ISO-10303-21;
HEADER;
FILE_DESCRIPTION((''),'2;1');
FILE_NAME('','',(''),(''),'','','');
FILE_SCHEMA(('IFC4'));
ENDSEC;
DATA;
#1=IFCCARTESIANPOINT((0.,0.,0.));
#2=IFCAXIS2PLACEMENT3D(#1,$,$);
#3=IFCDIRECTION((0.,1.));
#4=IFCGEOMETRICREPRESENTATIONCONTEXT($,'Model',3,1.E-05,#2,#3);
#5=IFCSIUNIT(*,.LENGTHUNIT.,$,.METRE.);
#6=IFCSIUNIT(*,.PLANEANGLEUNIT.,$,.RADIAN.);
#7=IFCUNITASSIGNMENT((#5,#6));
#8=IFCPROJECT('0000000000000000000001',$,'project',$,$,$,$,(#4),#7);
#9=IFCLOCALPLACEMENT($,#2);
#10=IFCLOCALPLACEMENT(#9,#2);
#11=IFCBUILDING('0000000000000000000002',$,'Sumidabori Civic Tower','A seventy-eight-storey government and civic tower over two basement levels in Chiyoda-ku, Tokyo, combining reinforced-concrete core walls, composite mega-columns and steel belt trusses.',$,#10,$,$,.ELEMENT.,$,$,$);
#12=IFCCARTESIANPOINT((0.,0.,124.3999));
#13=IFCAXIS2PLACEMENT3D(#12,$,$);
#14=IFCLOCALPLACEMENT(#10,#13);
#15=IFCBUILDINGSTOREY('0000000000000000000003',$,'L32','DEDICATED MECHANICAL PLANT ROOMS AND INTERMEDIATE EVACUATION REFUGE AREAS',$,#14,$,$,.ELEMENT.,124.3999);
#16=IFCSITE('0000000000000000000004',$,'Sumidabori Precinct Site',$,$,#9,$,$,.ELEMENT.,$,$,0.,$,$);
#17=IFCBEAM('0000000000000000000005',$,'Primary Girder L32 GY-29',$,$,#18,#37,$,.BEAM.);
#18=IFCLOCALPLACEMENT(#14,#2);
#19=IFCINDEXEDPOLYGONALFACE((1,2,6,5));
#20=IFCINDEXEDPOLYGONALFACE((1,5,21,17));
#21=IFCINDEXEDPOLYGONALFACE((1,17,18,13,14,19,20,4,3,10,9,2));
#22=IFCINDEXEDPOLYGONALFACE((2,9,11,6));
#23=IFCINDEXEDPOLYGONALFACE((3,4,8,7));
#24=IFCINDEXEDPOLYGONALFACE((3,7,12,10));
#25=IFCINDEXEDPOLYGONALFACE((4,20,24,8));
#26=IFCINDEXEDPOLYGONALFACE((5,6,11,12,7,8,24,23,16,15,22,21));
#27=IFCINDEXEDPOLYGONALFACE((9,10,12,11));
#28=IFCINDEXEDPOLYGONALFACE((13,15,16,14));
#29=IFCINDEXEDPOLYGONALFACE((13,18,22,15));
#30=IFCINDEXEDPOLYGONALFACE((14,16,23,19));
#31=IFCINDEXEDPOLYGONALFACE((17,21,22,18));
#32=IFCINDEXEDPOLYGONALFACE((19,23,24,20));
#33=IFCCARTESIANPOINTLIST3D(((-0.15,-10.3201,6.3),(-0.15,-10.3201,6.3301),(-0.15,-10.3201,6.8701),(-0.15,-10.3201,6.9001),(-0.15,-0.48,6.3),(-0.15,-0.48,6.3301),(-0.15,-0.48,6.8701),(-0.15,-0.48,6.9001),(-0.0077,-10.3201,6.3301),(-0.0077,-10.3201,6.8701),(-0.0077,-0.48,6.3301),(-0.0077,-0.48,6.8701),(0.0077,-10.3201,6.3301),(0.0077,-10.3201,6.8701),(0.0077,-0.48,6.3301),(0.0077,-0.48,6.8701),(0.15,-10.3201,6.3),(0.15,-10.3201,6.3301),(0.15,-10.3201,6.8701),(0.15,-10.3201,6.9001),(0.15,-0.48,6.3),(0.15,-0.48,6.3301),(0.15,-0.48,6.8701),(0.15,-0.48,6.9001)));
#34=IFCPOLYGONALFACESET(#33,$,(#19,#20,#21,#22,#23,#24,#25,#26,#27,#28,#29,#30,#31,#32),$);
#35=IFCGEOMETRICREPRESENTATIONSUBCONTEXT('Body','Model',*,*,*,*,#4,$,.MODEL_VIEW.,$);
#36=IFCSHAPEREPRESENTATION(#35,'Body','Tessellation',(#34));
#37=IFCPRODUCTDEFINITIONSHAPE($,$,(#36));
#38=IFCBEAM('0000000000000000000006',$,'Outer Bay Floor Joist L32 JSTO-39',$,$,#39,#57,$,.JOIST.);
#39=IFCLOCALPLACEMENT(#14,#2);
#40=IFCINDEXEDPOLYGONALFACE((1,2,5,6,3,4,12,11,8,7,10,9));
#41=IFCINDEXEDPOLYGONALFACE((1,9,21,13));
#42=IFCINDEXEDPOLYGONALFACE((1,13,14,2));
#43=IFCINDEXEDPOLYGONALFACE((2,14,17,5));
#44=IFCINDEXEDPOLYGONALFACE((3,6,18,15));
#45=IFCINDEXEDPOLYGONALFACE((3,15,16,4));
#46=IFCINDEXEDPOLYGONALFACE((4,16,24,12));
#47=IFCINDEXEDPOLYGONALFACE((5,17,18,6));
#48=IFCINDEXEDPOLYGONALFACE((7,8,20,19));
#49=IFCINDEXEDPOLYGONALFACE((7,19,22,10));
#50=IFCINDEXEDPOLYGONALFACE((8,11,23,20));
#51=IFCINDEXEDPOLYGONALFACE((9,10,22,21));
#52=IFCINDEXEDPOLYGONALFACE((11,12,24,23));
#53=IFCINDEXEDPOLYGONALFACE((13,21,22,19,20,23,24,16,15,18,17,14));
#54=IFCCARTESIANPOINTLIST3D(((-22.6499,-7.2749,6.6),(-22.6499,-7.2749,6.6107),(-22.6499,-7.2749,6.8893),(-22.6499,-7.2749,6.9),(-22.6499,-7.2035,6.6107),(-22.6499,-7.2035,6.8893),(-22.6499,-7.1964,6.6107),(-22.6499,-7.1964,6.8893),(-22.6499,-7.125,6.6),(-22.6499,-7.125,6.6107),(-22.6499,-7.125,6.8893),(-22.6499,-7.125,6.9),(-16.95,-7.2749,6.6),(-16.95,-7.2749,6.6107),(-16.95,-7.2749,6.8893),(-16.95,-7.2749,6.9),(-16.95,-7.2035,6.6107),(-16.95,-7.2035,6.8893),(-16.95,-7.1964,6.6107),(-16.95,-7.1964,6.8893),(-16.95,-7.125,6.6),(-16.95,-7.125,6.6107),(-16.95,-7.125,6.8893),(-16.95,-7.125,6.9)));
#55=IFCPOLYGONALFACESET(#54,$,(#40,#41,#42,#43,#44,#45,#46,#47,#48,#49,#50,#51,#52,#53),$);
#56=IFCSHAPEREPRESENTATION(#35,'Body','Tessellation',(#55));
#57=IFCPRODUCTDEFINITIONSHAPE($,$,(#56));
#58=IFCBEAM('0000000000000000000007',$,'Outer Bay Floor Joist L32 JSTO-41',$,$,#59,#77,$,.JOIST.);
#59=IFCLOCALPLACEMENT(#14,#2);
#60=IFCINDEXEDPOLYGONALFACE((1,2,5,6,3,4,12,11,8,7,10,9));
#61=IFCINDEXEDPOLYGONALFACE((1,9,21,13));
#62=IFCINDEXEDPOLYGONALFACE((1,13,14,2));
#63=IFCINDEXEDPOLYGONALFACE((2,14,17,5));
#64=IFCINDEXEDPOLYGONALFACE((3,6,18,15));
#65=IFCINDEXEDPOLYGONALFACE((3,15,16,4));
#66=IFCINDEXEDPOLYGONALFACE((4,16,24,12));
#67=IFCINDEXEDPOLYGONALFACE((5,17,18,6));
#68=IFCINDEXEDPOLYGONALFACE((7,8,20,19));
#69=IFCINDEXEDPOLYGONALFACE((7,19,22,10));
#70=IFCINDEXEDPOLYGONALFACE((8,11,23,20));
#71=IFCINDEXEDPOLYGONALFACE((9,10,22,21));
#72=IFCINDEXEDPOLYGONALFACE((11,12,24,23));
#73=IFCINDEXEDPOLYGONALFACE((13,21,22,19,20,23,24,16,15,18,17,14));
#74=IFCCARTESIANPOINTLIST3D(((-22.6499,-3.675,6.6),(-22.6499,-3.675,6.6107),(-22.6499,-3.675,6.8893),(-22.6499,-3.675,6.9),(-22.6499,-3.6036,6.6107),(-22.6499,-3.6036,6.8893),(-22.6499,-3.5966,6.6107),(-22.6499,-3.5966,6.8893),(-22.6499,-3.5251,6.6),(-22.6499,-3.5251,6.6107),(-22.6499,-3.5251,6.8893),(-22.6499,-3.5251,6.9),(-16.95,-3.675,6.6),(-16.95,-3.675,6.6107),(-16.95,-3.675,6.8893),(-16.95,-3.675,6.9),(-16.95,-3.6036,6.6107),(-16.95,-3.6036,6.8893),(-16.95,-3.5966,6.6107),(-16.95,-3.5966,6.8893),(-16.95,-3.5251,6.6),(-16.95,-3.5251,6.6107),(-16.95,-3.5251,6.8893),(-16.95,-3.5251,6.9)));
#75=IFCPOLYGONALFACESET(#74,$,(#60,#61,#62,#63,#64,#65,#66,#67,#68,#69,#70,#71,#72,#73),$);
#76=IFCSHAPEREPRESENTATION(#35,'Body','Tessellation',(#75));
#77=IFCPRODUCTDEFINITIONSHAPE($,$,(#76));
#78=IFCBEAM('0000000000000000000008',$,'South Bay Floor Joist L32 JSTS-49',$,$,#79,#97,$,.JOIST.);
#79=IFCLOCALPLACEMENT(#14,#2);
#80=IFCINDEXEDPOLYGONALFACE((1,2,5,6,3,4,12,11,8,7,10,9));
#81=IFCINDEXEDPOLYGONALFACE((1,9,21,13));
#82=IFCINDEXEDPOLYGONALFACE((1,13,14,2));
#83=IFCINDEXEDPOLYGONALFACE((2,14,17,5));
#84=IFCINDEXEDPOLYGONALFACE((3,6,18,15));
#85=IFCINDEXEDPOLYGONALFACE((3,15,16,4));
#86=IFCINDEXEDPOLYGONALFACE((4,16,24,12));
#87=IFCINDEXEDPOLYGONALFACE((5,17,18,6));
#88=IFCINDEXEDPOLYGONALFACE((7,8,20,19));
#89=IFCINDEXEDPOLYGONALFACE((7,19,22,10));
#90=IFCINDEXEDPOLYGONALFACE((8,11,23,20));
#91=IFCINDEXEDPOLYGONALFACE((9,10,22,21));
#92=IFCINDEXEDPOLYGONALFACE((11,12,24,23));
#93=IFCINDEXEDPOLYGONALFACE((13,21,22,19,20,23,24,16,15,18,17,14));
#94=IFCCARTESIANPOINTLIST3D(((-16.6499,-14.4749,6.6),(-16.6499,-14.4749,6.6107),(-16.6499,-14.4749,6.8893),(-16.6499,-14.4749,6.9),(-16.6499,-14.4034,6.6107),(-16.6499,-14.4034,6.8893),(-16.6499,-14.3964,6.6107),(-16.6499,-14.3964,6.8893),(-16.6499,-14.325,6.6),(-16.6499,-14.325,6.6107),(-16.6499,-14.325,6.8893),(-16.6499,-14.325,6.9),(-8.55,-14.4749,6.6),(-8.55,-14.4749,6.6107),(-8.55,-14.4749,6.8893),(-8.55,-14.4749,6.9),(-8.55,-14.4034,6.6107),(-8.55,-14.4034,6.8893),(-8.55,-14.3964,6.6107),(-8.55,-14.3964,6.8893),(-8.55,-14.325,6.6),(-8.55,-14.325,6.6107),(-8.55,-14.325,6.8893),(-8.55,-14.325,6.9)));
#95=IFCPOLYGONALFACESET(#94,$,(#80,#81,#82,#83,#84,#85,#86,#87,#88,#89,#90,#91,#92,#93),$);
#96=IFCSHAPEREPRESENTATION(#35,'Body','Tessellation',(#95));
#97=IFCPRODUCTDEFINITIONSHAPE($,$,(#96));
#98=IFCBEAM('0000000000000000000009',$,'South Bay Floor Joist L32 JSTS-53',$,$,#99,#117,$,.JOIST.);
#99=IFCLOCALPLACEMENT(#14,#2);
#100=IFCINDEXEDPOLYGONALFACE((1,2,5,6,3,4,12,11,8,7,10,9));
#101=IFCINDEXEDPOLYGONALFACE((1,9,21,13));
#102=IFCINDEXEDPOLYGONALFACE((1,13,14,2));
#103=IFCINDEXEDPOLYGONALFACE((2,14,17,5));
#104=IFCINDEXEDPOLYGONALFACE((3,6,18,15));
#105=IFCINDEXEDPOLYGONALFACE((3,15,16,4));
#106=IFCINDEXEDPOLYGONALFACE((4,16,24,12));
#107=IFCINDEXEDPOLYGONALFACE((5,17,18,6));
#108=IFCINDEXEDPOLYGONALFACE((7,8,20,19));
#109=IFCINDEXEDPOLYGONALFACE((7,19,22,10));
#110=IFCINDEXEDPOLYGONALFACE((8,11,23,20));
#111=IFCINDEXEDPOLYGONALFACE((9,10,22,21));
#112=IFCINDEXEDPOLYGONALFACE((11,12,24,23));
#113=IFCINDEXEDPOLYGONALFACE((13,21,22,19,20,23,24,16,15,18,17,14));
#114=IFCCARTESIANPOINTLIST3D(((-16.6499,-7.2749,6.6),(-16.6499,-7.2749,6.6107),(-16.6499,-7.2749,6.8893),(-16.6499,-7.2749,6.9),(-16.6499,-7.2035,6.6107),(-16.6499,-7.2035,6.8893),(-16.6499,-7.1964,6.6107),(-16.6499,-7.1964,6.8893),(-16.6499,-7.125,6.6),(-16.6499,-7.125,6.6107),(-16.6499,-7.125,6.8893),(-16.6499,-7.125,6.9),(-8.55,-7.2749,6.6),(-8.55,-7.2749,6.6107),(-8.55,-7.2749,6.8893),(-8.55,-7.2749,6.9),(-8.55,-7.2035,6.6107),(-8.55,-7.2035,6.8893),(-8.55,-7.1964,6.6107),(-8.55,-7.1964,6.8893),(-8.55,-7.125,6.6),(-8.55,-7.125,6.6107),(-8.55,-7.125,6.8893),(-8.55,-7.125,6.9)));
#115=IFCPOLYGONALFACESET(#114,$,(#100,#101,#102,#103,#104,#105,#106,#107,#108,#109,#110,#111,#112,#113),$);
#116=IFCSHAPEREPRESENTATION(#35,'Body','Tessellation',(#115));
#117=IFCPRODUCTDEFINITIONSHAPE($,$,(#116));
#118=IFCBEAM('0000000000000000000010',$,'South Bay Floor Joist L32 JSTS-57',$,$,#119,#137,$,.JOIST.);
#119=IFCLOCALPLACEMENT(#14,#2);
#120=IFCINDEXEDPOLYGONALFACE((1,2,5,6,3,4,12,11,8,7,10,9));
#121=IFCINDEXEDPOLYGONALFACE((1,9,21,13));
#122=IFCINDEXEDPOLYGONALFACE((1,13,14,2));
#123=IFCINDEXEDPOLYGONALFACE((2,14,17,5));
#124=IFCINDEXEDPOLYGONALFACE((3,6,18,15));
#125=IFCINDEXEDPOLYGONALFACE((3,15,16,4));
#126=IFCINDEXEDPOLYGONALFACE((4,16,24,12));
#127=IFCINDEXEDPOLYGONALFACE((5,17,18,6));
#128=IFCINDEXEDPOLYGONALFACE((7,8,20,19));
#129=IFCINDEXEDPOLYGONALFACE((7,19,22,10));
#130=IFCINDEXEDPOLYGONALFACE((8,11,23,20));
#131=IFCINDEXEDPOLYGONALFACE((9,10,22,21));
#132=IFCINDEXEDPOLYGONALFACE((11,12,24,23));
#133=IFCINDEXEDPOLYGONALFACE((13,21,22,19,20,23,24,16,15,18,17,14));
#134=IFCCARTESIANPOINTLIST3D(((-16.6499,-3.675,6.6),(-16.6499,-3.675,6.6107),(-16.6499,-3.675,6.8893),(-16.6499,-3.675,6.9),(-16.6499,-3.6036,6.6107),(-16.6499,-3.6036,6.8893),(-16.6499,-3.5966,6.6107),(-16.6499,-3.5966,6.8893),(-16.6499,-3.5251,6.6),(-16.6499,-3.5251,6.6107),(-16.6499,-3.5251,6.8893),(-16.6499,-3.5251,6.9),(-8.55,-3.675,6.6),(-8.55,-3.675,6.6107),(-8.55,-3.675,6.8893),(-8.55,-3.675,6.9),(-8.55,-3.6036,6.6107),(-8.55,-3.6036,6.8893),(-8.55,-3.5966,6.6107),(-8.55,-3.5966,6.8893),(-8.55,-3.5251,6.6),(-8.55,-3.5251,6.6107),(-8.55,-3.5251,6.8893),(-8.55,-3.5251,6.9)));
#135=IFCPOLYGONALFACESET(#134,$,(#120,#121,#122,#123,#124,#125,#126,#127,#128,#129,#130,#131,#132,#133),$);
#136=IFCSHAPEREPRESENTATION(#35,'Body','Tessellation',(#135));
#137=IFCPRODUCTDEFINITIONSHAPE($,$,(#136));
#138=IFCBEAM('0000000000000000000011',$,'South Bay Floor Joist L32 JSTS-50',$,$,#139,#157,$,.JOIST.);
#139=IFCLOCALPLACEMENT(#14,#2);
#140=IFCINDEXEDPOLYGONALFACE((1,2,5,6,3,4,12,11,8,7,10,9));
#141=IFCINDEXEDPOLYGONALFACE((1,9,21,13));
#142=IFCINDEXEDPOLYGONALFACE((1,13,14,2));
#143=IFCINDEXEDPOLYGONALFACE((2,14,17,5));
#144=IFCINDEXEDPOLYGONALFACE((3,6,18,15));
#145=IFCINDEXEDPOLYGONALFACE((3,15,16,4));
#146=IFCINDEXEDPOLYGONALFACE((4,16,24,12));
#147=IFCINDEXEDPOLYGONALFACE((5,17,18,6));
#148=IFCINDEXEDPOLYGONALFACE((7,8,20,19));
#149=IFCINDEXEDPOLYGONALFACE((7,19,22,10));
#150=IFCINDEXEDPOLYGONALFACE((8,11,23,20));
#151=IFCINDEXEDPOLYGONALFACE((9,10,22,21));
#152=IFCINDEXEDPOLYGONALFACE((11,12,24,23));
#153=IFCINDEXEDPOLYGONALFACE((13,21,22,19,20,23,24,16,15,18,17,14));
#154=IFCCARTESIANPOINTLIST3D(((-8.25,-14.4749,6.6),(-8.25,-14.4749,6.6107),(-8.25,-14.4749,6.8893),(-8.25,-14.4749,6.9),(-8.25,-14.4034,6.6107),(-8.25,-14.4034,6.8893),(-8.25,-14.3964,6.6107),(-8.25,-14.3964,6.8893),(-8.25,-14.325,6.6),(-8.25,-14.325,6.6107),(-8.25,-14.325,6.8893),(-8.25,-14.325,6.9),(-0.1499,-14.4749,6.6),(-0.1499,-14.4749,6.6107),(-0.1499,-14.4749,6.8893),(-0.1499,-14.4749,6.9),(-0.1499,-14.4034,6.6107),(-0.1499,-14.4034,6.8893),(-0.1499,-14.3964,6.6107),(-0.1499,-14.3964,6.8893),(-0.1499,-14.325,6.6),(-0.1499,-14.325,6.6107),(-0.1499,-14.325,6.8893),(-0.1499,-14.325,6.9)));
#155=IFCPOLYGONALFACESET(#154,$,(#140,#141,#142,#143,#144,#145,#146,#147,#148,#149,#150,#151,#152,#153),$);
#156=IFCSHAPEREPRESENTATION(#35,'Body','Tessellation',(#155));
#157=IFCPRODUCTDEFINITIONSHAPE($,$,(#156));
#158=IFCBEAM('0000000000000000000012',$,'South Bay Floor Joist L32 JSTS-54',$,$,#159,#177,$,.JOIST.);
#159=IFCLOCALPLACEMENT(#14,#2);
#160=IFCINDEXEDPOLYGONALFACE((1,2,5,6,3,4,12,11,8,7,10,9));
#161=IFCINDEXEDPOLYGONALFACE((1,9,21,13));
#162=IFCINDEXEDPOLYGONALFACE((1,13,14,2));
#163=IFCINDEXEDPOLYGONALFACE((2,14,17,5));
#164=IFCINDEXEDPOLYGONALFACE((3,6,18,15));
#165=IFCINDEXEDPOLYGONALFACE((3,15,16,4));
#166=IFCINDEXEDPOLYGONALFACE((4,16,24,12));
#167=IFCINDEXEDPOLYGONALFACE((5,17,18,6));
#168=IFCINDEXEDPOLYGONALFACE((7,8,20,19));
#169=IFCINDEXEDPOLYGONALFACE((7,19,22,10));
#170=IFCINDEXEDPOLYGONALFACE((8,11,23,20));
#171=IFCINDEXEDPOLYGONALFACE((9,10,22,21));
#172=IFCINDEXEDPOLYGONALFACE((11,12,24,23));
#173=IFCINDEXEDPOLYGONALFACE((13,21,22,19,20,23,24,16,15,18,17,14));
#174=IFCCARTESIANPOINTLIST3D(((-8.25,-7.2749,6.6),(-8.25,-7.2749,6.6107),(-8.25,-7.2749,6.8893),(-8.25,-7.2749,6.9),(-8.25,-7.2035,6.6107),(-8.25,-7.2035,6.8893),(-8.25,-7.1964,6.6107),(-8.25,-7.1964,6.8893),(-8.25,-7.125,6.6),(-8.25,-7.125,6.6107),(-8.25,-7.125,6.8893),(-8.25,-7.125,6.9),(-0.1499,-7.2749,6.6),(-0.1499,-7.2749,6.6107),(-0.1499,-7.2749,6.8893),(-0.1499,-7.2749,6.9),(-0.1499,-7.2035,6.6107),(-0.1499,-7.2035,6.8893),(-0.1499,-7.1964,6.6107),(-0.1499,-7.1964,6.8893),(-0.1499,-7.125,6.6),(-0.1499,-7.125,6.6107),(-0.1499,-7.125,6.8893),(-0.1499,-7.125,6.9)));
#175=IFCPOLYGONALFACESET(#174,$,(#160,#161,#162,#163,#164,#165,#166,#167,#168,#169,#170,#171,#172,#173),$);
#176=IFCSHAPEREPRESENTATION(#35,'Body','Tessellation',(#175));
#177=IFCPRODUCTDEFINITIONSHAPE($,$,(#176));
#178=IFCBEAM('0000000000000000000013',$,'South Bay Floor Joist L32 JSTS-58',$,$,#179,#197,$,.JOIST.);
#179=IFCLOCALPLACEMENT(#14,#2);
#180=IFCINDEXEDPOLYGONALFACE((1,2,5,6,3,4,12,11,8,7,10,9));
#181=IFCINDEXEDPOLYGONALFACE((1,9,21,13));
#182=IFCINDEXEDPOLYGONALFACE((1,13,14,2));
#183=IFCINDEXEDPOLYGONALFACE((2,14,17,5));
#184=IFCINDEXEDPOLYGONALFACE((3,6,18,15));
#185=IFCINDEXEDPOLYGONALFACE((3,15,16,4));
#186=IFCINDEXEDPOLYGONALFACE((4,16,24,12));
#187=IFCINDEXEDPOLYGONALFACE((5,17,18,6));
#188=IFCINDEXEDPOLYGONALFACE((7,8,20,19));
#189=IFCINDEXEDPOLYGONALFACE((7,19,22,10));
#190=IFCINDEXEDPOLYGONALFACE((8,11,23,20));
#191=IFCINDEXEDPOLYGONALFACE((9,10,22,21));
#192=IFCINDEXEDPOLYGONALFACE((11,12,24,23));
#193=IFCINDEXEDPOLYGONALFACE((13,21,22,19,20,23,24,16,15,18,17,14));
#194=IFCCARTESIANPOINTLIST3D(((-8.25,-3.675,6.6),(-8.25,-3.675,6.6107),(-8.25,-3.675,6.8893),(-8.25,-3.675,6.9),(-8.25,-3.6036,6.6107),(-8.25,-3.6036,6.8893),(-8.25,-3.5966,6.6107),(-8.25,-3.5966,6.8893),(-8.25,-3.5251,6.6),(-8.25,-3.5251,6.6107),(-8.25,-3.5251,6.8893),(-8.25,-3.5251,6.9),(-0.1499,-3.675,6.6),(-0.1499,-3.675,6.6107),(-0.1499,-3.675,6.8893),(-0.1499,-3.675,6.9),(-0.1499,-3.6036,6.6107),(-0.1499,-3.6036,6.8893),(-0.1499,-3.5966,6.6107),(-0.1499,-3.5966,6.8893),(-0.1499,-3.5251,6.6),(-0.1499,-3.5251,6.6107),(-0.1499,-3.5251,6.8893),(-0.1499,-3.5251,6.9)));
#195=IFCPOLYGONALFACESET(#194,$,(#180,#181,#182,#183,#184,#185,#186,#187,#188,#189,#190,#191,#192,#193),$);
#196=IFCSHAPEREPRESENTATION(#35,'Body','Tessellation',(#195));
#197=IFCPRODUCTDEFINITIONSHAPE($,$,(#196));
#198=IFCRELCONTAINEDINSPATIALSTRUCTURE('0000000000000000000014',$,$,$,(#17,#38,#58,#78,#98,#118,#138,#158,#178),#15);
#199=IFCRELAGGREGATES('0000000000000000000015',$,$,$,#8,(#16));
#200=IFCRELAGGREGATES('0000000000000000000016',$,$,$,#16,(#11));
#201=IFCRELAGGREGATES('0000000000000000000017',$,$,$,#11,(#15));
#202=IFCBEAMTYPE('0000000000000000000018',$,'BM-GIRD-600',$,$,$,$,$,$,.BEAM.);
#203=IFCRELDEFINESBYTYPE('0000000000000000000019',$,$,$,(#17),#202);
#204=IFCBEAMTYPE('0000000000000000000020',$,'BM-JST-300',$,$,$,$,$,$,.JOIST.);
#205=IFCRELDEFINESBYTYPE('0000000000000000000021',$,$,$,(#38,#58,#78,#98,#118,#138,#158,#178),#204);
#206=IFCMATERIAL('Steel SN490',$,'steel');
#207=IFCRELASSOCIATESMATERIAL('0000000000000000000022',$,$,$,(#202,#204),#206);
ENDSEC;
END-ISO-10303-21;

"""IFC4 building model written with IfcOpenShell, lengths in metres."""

from ifc_helpers import new_model, si_unit, direction, frame, origin, origin_2d, place, context, subcontext, project, spatial, i_section, extrude, source, transform, mapped, material, material_profile, profile_set, type_object, element, save


model = new_model("IFC4")

# Units and contexts
model_context = context("Model", 3, precision=1e-05, world=origin(), true_north=direction((0.0, 1.0)))
body_context = subcontext(model_context, "Body", "Model", "MODEL_VIEW")
ifc_project = project(units=[si_unit("LENGTHUNIT", "METRE"), si_unit("PLANEANGLEUNIT", "RADIAN")], contexts=[model_context])

# Site, building, storey
site_placement = place(None, origin())
site = spatial("IfcSite", under=ifc_project, at=site_placement, Name="Sumidabori Precinct Site", CompositionType="ELEMENT", RefElevation=0.0)
building_placement = place(site_placement, origin())
building = spatial("IfcBuilding", under=site, at=building_placement, Name="Sumidabori Civic Tower", Description="A seventy-eight-storey government and civic tower over two basement levels in Chiyoda-ku, Tokyo, combining reinforced-concrete core walls, composite mega-columns and steel belt trusses.", CompositionType="ELEMENT")
storey_placement = place(building_placement, frame((0.0, 0.0, 124.3999)))
storey = spatial("IfcBuildingStorey", under=building, at=storey_placement, Name="L32", Description="DEDICATED MECHANICAL PLANT ROOMS AND INTERMEDIATE EVACUATION REFUGE AREAS", CompositionType="ELEMENT", Elevation=124.3999)

# Beams
ifc_material_1 = material(Name="Steel SN490", Category="steel")
ifc_material_profile_1 = material_profile(ifc_material_1, i_section(OverallWidth=0.3, OverallDepth=0.6001, WebThickness=0.0154, FlangeThickness=0.03, at=origin_2d()), Name="HE 600 B")
ifc_profile_set_1 = profile_set([ifc_material_profile_1], Name="Steel SN490")
beam_type_1 = type_object("IfcBeamType", Name="BM-GIRD-600", PredefinedType="BEAM", material=ifc_profile_set_1)
shared_shape_1 = source(origin(), body_context, "Body", "SweptSolid", [
    extrude(i_section(OverallWidth=0.3, OverallDepth=0.6001, WebThickness=0.0154, FlangeThickness=0.03, at=origin_2d()), origin(), (0.0, 0.0, 1.0), 9.8401),
])
for number, where, z_axis, x_axis, name in (
    (1, (0.0, -10.3201, 6.6001), (0.0, 1.0, 0.0), (-1.0, 0.0, 0.0), "Primary Girder L32 GY-29"),
):
    element("IfcBeam", number, at=place(storey_placement, frame(where, z_axis=z_axis, x_axis=x_axis)), inside=storey, type_object=beam_type_1, Name=name, PredefinedType="BEAM", context=body_context, shape_type="MappedRepresentation", body=[
        mapped(shared_shape_1, transform((0.0, 0.0, 0.0), x_axis=(1.0, 0.0, 0.0), y_axis=(0.0, 1.0, 0.0), z_axis=(0.0, 0.0, 1.0), scale=1.0)),
    ])
ifc_material_profile_2 = material_profile(ifc_material_1, i_section(OverallWidth=0.1499, OverallDepth=0.3, WebThickness=0.0071, FlangeThickness=0.0107, at=origin_2d()), Name="IPE 300")
ifc_profile_set_2 = profile_set([ifc_material_profile_2], Name="Steel SN490")
beam_type_2 = type_object("IfcBeamType", Name="BM-JST-300", PredefinedType="JOIST", material=ifc_profile_set_2)
shared_shape_2 = source(origin(), body_context, "Body", "SweptSolid", [
    extrude(i_section(OverallWidth=0.1499, OverallDepth=0.3, WebThickness=0.0071, FlangeThickness=0.0107, at=origin_2d()), origin(), (0.0, 0.0, 1.0), 5.7),
])
for number, where, z_axis, x_axis, name in (
    (2, (-22.6499, -7.2, 6.75), (1.0, 0.0, 0.0), (0.0, 1.0, 0.0), "Outer Bay Floor Joist L32 JSTO-39"),
    (3, (-22.6499, -3.6001, 6.75), (1.0, 0.0, 0.0), (0.0, 1.0, 0.0), "Outer Bay Floor Joist L32 JSTO-41"),
):
    element("IfcBeam", number, at=place(storey_placement, frame(where, z_axis=z_axis, x_axis=x_axis)), inside=storey, type_object=beam_type_2, Name=name, PredefinedType="JOIST", context=body_context, shape_type="MappedRepresentation", body=[
        mapped(shared_shape_2, transform((0.0, 0.0, 0.0), x_axis=(1.0, 0.0, 0.0), y_axis=(0.0, 1.0, 0.0), z_axis=(0.0, 0.0, 1.0), scale=1.0)),
    ])
shared_shape_3 = source(origin(), body_context, "Body", "SweptSolid", [
    extrude(i_section(OverallWidth=0.1499, OverallDepth=0.3, WebThickness=0.0071, FlangeThickness=0.0107, at=origin_2d()), origin(), (0.0, 0.0, 1.0), 8.0999),
])
for number, where, z_axis, x_axis, name in (
    (4, (-16.6499, -14.3999, 6.75), (1.0, 0.0, 0.0), (0.0, 1.0, 0.0), "South Bay Floor Joist L32 JSTS-49"),
    (5, (-16.6499, -7.2, 6.75), (1.0, 0.0, 0.0), (0.0, 1.0, 0.0), "South Bay Floor Joist L32 JSTS-53"),
    (6, (-16.6499, -3.6001, 6.75), (1.0, 0.0, 0.0), (0.0, 1.0, 0.0), "South Bay Floor Joist L32 JSTS-57"),
):
    element("IfcBeam", number, at=place(storey_placement, frame(where, z_axis=z_axis, x_axis=x_axis)), inside=storey, type_object=beam_type_2, Name=name, PredefinedType="JOIST", context=body_context, shape_type="MappedRepresentation", body=[
        mapped(shared_shape_3, transform((0.0, 0.0, 0.0), x_axis=(1.0, 0.0, 0.0), y_axis=(0.0, 1.0, 0.0), z_axis=(0.0, 0.0, 1.0), scale=1.0)),
    ])
shared_shape_4 = source(origin(), body_context, "Body", "SweptSolid", [
    extrude(i_section(OverallWidth=0.1499, OverallDepth=0.3, WebThickness=0.0071, FlangeThickness=0.0107, at=origin_2d()), origin(), (0.0, 0.0, 1.0), 8.1001),
])
for number, where, z_axis, x_axis, name in (
    (7, (-8.25, -14.3999, 6.75), (1.0, 0.0, 0.0), (0.0, 1.0, 0.0), "South Bay Floor Joist L32 JSTS-50"),
    (8, (-8.25, -7.2, 6.75), (1.0, 0.0, 0.0), (0.0, 1.0, 0.0), "South Bay Floor Joist L32 JSTS-54"),
    (9, (-8.25, -3.6001, 6.75), (1.0, 0.0, 0.0), (0.0, 1.0, 0.0), "South Bay Floor Joist L32 JSTS-58"),
):
    element("IfcBeam", number, at=place(storey_placement, frame(where, z_axis=z_axis, x_axis=x_axis)), inside=storey, type_object=beam_type_2, Name=name, PredefinedType="JOIST", context=body_context, shape_type="MappedRepresentation", body=[
        mapped(shared_shape_4, transform((0.0, 0.0, 0.0), x_axis=(1.0, 0.0, 0.0), y_axis=(0.0, 1.0, 0.0), z_axis=(0.0, 0.0, 1.0), scale=1.0)),
    ])

save(model, "model.ifc")
